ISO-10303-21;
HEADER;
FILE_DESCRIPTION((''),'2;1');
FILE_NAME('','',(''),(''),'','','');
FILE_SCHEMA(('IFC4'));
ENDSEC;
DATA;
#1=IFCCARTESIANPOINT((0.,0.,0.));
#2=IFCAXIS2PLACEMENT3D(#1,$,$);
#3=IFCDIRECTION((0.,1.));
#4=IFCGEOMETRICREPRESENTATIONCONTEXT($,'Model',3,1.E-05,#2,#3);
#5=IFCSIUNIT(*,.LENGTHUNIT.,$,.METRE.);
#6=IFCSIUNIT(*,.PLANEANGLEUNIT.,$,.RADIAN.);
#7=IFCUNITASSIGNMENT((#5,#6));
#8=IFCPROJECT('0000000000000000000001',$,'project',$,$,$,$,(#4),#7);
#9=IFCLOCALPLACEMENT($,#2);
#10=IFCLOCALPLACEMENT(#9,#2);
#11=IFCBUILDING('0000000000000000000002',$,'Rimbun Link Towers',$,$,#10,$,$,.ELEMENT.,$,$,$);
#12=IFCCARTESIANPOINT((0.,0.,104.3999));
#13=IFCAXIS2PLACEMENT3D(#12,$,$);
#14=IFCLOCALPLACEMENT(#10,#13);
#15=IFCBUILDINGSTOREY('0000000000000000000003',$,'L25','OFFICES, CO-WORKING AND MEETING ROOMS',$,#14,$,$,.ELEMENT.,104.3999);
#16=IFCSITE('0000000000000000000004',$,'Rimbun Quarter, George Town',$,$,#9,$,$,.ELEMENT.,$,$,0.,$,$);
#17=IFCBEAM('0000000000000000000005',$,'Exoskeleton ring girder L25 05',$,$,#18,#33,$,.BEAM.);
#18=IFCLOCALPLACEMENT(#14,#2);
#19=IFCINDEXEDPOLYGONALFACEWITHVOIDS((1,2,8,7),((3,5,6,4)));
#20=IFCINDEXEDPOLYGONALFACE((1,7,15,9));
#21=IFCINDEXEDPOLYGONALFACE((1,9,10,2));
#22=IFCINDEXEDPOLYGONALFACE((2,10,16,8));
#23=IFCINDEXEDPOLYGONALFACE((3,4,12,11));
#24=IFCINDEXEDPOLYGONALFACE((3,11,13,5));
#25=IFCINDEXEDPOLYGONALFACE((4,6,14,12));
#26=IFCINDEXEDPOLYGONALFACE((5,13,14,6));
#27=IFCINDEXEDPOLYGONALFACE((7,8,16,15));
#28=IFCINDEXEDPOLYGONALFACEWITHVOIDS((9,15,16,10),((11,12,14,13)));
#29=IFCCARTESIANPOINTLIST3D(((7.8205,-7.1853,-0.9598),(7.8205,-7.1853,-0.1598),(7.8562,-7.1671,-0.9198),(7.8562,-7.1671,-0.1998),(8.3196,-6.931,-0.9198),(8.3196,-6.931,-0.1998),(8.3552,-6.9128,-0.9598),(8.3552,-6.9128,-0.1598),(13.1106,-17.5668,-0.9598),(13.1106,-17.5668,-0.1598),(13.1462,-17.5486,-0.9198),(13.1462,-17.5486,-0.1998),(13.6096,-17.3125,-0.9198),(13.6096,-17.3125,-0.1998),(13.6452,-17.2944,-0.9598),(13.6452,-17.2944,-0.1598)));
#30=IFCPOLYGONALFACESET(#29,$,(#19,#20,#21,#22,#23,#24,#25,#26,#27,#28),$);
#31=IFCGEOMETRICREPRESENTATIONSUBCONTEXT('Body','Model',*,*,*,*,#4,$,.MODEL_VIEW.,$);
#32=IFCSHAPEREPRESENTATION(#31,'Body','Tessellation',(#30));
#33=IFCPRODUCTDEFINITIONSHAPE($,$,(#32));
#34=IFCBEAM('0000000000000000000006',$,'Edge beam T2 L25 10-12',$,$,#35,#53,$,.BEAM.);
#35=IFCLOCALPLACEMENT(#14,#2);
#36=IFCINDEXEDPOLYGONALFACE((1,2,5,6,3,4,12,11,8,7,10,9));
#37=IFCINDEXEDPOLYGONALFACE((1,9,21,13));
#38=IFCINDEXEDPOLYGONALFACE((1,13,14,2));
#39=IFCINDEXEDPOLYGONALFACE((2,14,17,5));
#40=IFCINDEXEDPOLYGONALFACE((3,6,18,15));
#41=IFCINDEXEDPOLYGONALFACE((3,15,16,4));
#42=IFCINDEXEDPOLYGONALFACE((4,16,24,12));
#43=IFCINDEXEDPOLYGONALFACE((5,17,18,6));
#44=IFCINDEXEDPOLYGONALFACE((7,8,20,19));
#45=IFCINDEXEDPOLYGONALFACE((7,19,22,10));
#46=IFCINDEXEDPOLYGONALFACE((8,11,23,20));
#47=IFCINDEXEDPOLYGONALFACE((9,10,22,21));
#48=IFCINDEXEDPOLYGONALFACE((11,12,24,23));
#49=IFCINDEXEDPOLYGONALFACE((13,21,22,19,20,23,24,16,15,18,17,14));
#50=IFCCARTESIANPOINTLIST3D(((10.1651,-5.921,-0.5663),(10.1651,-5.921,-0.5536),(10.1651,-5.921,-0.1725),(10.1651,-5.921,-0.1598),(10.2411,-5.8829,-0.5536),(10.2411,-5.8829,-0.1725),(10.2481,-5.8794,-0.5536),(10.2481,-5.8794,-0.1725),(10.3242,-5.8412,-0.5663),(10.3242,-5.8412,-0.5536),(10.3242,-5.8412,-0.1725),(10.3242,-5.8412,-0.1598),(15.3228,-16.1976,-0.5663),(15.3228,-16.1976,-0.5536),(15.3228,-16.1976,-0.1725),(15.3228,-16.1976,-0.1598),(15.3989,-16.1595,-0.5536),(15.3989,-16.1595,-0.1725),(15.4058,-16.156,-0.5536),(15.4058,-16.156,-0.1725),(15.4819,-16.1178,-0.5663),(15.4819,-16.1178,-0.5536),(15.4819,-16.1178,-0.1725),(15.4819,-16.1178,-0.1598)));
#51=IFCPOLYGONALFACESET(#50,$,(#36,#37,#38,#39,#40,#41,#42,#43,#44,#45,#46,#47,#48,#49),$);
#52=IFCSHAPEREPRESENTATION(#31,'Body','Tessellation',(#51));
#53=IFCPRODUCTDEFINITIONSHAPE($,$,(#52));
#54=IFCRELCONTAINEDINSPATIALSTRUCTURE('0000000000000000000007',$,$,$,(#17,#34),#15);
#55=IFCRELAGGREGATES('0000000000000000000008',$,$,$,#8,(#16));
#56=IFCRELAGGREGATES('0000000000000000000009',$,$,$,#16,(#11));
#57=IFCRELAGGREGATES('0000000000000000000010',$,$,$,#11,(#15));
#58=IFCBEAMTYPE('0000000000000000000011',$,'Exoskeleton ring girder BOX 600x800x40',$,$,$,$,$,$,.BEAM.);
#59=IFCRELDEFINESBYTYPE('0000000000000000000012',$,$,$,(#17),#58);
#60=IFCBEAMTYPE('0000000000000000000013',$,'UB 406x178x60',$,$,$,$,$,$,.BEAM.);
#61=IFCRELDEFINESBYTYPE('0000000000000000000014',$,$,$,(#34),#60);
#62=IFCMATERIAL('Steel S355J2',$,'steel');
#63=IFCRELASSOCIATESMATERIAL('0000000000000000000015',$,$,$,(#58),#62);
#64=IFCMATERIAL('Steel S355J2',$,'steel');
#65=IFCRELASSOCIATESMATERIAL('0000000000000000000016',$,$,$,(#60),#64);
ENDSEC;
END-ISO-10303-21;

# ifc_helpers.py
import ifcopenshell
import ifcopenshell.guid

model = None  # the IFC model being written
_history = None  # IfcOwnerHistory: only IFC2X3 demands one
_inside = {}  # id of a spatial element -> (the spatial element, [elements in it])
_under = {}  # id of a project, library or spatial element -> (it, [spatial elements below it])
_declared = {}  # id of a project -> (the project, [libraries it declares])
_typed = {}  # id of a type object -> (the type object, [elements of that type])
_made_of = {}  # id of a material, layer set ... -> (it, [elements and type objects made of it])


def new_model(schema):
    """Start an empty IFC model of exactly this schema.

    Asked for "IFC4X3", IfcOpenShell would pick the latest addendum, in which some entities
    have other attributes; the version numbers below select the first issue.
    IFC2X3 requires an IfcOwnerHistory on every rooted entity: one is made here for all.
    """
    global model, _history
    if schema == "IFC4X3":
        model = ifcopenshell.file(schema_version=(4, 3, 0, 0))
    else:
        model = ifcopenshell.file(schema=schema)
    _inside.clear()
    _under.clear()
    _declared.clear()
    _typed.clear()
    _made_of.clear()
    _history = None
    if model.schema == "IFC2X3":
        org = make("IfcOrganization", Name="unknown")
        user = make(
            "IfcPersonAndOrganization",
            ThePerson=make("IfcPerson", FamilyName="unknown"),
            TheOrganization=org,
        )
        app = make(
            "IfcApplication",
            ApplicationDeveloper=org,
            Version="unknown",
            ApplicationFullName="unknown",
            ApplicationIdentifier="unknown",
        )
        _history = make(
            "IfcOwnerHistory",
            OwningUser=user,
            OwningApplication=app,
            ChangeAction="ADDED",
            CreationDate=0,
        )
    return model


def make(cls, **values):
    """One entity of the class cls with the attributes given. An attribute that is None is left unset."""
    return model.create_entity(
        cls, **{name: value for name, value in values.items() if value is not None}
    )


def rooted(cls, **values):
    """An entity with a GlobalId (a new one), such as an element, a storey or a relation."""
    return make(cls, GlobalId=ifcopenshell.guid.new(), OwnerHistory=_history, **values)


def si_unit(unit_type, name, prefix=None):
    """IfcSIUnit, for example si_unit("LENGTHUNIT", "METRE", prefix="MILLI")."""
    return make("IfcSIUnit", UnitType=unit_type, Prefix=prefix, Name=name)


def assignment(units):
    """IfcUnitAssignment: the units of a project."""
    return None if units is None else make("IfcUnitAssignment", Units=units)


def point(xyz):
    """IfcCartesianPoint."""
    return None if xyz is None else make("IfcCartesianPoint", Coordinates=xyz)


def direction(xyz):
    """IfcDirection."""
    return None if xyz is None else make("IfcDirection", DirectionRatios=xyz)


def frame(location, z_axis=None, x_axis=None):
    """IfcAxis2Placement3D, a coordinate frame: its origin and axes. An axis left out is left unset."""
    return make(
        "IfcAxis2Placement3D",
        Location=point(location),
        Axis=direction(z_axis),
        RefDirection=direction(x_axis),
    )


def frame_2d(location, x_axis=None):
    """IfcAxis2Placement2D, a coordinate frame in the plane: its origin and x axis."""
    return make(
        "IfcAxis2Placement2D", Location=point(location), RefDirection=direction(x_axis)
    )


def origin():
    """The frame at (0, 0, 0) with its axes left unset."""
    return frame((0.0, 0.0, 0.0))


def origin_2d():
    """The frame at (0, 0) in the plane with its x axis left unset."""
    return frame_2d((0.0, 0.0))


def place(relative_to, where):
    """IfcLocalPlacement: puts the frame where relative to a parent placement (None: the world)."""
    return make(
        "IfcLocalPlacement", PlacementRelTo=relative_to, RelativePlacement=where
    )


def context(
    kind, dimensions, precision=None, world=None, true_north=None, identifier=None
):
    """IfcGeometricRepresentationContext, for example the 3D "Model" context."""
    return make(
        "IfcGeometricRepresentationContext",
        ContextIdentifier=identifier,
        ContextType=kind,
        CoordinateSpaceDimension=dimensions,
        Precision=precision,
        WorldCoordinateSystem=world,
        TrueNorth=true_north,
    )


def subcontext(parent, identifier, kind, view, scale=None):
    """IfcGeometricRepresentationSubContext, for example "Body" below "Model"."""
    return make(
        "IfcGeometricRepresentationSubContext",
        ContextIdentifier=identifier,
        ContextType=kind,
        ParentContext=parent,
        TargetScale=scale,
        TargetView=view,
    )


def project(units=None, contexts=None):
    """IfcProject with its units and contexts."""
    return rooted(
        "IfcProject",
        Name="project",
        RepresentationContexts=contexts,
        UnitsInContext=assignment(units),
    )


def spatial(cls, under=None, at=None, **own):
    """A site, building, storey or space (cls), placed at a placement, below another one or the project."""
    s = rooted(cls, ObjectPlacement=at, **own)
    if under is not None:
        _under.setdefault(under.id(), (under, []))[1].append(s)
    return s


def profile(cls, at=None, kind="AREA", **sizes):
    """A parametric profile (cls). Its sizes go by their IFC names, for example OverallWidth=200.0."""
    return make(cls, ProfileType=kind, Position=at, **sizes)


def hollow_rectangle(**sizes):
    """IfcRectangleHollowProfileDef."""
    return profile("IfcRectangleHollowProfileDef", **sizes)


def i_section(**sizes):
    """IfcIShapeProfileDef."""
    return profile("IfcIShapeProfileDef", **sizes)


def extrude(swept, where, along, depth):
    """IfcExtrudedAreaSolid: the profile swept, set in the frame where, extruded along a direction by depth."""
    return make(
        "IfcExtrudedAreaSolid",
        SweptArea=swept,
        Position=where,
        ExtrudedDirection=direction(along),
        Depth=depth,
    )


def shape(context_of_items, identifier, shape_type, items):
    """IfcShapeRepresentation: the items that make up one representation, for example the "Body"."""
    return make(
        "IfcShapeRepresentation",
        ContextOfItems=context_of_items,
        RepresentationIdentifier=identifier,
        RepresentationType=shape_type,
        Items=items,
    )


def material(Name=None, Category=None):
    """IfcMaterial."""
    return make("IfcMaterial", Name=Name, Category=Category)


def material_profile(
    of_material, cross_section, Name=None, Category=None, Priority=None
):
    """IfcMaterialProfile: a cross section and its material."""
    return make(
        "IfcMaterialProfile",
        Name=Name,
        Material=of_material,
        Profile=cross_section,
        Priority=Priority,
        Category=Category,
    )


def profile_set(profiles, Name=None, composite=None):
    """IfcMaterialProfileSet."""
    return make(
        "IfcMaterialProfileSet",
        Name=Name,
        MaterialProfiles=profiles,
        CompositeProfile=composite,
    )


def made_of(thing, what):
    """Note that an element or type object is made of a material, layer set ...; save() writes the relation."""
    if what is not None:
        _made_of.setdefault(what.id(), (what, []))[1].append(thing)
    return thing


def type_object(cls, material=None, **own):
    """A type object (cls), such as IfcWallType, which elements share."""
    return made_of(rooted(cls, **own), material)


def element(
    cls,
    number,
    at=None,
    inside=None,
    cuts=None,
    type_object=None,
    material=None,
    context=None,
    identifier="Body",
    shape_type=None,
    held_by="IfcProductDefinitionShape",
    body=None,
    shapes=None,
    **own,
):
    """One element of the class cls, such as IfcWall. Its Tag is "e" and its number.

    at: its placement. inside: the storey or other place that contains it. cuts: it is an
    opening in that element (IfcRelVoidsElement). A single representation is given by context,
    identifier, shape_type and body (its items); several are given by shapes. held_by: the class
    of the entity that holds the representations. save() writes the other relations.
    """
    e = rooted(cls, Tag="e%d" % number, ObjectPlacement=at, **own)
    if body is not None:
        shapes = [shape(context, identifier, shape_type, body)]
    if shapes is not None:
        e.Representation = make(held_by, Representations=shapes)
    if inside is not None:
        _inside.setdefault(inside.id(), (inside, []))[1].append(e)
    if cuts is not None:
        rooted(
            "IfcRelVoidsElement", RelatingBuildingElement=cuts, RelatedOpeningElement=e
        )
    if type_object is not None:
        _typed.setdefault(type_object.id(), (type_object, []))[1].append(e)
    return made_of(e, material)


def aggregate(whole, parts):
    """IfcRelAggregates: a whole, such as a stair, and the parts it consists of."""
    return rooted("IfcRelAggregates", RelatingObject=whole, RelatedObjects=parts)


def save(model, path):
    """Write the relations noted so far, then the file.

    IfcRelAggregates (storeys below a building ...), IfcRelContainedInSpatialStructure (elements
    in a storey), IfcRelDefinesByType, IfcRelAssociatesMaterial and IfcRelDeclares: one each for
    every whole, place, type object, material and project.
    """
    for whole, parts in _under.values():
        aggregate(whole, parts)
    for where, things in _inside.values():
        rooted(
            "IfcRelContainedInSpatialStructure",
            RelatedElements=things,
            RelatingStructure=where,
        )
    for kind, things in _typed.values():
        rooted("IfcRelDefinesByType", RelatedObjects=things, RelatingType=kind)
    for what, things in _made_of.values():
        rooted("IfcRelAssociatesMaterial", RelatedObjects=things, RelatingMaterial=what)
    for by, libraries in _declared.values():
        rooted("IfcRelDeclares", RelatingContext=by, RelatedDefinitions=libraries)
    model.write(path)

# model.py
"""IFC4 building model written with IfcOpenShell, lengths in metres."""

from ifc_helpers import new_model, si_unit, direction, frame, origin, origin_2d, place, context, subcontext, project, spatial, hollow_rectangle, i_section, extrude, material, material_profile, profile_set, type_object, element, save


model = new_model("IFC4")

# Units and contexts
model_context = context("Model", 3, precision=1e-05, world=origin(), true_north=direction((0.0, 1.0)))
body_context = subcontext(model_context, "Body", "Model", "MODEL_VIEW")
ifc_project = project(units=[si_unit("LENGTHUNIT", "METRE"), si_unit("PLANEANGLEUNIT", "RADIAN")], contexts=[model_context])

# Site, building, storey
site_placement = place(None, origin())
site = spatial("IfcSite", under=ifc_project, at=site_placement, Name="Rimbun Quarter, George Town", CompositionType="ELEMENT", RefElevation=0.0)
building_placement = place(site_placement, origin())
building = spatial("IfcBuilding", under=site, at=building_placement, Name="Rimbun Link Towers", CompositionType="ELEMENT")
storey_placement = place(building_placement, frame((0.0, 0.0, 104.3999)))
storey = spatial("IfcBuildingStorey", under=building, at=storey_placement, Name="L25", Description="OFFICES, CO-WORKING AND MEETING ROOMS", CompositionType="ELEMENT", Elevation=104.3999)

# Beams
ifc_material_1 = material(Name="Steel S355J2", Category="steel")
ifc_material_profile_1 = material_profile(ifc_material_1, hollow_rectangle(XDim=0.6001, YDim=0.8, WallThickness=0.04, at=origin_2d()), Name="Exoskeleton ring girder BOX 600x800x40")
ifc_profile_set_1 = profile_set([ifc_material_profile_1], Name="Steel S355J2")
beam_type_1 = type_object("IfcBeamType", Name="Exoskeleton ring girder BOX 600x800x40", PredefinedType="BEAM", material=ifc_profile_set_1)
beam_1_placement = place(storey_placement, frame((8.0879, -7.0491, -0.5598), z_axis=(0.454015, -0.890994, 0.0), x_axis=(0.890994, 0.454015, 0.0)))
element("IfcBeam", 1, at=beam_1_placement, inside=storey, type_object=beam_type_1, Name="Exoskeleton ring girder L25 05", PredefinedType="BEAM", context=body_context, shape_type="SweptSolid", body=[
    extrude(hollow_rectangle(XDim=0.6001, YDim=0.8, WallThickness=0.04, at=origin_2d()), origin(), (0.0, 0.0, 1.0), 11.6516),
])
ifc_material_2 = material(Name="Steel S355J2", Category="steel")
ifc_material_profile_2 = material_profile(ifc_material_2, i_section(OverallWidth=0.178, OverallDepth=0.4065, WebThickness=0.0078, FlangeThickness=0.0127, at=origin_2d()), Name="UB 406x178x60")
ifc_profile_set_2 = profile_set([ifc_material_profile_2], Name="Steel S355J2")
beam_type_2 = type_object("IfcBeamType", Name="UB 406x178x60", PredefinedType="BEAM", material=ifc_profile_set_2)
beam_2_placement = place(storey_placement, frame((10.2446, -5.8811, -0.363), z_axis=(0.448563, -0.893751, 0.0), x_axis=(0.893751, 0.448563, 0.0)))
element("IfcBeam", 2, at=beam_2_placement, inside=storey, type_object=beam_type_2, Name="Edge beam T2 L25 10-12", PredefinedType="BEAM", context=body_context, shape_type="SweptSolid", body=[
    extrude(i_section(OverallWidth=0.178, OverallDepth=0.4065, WebThickness=0.0078, FlangeThickness=0.0127, at=origin_2d()), origin(), (0.0, 0.0, 1.0), 11.4983),
])

save(model, "model.ifc")
